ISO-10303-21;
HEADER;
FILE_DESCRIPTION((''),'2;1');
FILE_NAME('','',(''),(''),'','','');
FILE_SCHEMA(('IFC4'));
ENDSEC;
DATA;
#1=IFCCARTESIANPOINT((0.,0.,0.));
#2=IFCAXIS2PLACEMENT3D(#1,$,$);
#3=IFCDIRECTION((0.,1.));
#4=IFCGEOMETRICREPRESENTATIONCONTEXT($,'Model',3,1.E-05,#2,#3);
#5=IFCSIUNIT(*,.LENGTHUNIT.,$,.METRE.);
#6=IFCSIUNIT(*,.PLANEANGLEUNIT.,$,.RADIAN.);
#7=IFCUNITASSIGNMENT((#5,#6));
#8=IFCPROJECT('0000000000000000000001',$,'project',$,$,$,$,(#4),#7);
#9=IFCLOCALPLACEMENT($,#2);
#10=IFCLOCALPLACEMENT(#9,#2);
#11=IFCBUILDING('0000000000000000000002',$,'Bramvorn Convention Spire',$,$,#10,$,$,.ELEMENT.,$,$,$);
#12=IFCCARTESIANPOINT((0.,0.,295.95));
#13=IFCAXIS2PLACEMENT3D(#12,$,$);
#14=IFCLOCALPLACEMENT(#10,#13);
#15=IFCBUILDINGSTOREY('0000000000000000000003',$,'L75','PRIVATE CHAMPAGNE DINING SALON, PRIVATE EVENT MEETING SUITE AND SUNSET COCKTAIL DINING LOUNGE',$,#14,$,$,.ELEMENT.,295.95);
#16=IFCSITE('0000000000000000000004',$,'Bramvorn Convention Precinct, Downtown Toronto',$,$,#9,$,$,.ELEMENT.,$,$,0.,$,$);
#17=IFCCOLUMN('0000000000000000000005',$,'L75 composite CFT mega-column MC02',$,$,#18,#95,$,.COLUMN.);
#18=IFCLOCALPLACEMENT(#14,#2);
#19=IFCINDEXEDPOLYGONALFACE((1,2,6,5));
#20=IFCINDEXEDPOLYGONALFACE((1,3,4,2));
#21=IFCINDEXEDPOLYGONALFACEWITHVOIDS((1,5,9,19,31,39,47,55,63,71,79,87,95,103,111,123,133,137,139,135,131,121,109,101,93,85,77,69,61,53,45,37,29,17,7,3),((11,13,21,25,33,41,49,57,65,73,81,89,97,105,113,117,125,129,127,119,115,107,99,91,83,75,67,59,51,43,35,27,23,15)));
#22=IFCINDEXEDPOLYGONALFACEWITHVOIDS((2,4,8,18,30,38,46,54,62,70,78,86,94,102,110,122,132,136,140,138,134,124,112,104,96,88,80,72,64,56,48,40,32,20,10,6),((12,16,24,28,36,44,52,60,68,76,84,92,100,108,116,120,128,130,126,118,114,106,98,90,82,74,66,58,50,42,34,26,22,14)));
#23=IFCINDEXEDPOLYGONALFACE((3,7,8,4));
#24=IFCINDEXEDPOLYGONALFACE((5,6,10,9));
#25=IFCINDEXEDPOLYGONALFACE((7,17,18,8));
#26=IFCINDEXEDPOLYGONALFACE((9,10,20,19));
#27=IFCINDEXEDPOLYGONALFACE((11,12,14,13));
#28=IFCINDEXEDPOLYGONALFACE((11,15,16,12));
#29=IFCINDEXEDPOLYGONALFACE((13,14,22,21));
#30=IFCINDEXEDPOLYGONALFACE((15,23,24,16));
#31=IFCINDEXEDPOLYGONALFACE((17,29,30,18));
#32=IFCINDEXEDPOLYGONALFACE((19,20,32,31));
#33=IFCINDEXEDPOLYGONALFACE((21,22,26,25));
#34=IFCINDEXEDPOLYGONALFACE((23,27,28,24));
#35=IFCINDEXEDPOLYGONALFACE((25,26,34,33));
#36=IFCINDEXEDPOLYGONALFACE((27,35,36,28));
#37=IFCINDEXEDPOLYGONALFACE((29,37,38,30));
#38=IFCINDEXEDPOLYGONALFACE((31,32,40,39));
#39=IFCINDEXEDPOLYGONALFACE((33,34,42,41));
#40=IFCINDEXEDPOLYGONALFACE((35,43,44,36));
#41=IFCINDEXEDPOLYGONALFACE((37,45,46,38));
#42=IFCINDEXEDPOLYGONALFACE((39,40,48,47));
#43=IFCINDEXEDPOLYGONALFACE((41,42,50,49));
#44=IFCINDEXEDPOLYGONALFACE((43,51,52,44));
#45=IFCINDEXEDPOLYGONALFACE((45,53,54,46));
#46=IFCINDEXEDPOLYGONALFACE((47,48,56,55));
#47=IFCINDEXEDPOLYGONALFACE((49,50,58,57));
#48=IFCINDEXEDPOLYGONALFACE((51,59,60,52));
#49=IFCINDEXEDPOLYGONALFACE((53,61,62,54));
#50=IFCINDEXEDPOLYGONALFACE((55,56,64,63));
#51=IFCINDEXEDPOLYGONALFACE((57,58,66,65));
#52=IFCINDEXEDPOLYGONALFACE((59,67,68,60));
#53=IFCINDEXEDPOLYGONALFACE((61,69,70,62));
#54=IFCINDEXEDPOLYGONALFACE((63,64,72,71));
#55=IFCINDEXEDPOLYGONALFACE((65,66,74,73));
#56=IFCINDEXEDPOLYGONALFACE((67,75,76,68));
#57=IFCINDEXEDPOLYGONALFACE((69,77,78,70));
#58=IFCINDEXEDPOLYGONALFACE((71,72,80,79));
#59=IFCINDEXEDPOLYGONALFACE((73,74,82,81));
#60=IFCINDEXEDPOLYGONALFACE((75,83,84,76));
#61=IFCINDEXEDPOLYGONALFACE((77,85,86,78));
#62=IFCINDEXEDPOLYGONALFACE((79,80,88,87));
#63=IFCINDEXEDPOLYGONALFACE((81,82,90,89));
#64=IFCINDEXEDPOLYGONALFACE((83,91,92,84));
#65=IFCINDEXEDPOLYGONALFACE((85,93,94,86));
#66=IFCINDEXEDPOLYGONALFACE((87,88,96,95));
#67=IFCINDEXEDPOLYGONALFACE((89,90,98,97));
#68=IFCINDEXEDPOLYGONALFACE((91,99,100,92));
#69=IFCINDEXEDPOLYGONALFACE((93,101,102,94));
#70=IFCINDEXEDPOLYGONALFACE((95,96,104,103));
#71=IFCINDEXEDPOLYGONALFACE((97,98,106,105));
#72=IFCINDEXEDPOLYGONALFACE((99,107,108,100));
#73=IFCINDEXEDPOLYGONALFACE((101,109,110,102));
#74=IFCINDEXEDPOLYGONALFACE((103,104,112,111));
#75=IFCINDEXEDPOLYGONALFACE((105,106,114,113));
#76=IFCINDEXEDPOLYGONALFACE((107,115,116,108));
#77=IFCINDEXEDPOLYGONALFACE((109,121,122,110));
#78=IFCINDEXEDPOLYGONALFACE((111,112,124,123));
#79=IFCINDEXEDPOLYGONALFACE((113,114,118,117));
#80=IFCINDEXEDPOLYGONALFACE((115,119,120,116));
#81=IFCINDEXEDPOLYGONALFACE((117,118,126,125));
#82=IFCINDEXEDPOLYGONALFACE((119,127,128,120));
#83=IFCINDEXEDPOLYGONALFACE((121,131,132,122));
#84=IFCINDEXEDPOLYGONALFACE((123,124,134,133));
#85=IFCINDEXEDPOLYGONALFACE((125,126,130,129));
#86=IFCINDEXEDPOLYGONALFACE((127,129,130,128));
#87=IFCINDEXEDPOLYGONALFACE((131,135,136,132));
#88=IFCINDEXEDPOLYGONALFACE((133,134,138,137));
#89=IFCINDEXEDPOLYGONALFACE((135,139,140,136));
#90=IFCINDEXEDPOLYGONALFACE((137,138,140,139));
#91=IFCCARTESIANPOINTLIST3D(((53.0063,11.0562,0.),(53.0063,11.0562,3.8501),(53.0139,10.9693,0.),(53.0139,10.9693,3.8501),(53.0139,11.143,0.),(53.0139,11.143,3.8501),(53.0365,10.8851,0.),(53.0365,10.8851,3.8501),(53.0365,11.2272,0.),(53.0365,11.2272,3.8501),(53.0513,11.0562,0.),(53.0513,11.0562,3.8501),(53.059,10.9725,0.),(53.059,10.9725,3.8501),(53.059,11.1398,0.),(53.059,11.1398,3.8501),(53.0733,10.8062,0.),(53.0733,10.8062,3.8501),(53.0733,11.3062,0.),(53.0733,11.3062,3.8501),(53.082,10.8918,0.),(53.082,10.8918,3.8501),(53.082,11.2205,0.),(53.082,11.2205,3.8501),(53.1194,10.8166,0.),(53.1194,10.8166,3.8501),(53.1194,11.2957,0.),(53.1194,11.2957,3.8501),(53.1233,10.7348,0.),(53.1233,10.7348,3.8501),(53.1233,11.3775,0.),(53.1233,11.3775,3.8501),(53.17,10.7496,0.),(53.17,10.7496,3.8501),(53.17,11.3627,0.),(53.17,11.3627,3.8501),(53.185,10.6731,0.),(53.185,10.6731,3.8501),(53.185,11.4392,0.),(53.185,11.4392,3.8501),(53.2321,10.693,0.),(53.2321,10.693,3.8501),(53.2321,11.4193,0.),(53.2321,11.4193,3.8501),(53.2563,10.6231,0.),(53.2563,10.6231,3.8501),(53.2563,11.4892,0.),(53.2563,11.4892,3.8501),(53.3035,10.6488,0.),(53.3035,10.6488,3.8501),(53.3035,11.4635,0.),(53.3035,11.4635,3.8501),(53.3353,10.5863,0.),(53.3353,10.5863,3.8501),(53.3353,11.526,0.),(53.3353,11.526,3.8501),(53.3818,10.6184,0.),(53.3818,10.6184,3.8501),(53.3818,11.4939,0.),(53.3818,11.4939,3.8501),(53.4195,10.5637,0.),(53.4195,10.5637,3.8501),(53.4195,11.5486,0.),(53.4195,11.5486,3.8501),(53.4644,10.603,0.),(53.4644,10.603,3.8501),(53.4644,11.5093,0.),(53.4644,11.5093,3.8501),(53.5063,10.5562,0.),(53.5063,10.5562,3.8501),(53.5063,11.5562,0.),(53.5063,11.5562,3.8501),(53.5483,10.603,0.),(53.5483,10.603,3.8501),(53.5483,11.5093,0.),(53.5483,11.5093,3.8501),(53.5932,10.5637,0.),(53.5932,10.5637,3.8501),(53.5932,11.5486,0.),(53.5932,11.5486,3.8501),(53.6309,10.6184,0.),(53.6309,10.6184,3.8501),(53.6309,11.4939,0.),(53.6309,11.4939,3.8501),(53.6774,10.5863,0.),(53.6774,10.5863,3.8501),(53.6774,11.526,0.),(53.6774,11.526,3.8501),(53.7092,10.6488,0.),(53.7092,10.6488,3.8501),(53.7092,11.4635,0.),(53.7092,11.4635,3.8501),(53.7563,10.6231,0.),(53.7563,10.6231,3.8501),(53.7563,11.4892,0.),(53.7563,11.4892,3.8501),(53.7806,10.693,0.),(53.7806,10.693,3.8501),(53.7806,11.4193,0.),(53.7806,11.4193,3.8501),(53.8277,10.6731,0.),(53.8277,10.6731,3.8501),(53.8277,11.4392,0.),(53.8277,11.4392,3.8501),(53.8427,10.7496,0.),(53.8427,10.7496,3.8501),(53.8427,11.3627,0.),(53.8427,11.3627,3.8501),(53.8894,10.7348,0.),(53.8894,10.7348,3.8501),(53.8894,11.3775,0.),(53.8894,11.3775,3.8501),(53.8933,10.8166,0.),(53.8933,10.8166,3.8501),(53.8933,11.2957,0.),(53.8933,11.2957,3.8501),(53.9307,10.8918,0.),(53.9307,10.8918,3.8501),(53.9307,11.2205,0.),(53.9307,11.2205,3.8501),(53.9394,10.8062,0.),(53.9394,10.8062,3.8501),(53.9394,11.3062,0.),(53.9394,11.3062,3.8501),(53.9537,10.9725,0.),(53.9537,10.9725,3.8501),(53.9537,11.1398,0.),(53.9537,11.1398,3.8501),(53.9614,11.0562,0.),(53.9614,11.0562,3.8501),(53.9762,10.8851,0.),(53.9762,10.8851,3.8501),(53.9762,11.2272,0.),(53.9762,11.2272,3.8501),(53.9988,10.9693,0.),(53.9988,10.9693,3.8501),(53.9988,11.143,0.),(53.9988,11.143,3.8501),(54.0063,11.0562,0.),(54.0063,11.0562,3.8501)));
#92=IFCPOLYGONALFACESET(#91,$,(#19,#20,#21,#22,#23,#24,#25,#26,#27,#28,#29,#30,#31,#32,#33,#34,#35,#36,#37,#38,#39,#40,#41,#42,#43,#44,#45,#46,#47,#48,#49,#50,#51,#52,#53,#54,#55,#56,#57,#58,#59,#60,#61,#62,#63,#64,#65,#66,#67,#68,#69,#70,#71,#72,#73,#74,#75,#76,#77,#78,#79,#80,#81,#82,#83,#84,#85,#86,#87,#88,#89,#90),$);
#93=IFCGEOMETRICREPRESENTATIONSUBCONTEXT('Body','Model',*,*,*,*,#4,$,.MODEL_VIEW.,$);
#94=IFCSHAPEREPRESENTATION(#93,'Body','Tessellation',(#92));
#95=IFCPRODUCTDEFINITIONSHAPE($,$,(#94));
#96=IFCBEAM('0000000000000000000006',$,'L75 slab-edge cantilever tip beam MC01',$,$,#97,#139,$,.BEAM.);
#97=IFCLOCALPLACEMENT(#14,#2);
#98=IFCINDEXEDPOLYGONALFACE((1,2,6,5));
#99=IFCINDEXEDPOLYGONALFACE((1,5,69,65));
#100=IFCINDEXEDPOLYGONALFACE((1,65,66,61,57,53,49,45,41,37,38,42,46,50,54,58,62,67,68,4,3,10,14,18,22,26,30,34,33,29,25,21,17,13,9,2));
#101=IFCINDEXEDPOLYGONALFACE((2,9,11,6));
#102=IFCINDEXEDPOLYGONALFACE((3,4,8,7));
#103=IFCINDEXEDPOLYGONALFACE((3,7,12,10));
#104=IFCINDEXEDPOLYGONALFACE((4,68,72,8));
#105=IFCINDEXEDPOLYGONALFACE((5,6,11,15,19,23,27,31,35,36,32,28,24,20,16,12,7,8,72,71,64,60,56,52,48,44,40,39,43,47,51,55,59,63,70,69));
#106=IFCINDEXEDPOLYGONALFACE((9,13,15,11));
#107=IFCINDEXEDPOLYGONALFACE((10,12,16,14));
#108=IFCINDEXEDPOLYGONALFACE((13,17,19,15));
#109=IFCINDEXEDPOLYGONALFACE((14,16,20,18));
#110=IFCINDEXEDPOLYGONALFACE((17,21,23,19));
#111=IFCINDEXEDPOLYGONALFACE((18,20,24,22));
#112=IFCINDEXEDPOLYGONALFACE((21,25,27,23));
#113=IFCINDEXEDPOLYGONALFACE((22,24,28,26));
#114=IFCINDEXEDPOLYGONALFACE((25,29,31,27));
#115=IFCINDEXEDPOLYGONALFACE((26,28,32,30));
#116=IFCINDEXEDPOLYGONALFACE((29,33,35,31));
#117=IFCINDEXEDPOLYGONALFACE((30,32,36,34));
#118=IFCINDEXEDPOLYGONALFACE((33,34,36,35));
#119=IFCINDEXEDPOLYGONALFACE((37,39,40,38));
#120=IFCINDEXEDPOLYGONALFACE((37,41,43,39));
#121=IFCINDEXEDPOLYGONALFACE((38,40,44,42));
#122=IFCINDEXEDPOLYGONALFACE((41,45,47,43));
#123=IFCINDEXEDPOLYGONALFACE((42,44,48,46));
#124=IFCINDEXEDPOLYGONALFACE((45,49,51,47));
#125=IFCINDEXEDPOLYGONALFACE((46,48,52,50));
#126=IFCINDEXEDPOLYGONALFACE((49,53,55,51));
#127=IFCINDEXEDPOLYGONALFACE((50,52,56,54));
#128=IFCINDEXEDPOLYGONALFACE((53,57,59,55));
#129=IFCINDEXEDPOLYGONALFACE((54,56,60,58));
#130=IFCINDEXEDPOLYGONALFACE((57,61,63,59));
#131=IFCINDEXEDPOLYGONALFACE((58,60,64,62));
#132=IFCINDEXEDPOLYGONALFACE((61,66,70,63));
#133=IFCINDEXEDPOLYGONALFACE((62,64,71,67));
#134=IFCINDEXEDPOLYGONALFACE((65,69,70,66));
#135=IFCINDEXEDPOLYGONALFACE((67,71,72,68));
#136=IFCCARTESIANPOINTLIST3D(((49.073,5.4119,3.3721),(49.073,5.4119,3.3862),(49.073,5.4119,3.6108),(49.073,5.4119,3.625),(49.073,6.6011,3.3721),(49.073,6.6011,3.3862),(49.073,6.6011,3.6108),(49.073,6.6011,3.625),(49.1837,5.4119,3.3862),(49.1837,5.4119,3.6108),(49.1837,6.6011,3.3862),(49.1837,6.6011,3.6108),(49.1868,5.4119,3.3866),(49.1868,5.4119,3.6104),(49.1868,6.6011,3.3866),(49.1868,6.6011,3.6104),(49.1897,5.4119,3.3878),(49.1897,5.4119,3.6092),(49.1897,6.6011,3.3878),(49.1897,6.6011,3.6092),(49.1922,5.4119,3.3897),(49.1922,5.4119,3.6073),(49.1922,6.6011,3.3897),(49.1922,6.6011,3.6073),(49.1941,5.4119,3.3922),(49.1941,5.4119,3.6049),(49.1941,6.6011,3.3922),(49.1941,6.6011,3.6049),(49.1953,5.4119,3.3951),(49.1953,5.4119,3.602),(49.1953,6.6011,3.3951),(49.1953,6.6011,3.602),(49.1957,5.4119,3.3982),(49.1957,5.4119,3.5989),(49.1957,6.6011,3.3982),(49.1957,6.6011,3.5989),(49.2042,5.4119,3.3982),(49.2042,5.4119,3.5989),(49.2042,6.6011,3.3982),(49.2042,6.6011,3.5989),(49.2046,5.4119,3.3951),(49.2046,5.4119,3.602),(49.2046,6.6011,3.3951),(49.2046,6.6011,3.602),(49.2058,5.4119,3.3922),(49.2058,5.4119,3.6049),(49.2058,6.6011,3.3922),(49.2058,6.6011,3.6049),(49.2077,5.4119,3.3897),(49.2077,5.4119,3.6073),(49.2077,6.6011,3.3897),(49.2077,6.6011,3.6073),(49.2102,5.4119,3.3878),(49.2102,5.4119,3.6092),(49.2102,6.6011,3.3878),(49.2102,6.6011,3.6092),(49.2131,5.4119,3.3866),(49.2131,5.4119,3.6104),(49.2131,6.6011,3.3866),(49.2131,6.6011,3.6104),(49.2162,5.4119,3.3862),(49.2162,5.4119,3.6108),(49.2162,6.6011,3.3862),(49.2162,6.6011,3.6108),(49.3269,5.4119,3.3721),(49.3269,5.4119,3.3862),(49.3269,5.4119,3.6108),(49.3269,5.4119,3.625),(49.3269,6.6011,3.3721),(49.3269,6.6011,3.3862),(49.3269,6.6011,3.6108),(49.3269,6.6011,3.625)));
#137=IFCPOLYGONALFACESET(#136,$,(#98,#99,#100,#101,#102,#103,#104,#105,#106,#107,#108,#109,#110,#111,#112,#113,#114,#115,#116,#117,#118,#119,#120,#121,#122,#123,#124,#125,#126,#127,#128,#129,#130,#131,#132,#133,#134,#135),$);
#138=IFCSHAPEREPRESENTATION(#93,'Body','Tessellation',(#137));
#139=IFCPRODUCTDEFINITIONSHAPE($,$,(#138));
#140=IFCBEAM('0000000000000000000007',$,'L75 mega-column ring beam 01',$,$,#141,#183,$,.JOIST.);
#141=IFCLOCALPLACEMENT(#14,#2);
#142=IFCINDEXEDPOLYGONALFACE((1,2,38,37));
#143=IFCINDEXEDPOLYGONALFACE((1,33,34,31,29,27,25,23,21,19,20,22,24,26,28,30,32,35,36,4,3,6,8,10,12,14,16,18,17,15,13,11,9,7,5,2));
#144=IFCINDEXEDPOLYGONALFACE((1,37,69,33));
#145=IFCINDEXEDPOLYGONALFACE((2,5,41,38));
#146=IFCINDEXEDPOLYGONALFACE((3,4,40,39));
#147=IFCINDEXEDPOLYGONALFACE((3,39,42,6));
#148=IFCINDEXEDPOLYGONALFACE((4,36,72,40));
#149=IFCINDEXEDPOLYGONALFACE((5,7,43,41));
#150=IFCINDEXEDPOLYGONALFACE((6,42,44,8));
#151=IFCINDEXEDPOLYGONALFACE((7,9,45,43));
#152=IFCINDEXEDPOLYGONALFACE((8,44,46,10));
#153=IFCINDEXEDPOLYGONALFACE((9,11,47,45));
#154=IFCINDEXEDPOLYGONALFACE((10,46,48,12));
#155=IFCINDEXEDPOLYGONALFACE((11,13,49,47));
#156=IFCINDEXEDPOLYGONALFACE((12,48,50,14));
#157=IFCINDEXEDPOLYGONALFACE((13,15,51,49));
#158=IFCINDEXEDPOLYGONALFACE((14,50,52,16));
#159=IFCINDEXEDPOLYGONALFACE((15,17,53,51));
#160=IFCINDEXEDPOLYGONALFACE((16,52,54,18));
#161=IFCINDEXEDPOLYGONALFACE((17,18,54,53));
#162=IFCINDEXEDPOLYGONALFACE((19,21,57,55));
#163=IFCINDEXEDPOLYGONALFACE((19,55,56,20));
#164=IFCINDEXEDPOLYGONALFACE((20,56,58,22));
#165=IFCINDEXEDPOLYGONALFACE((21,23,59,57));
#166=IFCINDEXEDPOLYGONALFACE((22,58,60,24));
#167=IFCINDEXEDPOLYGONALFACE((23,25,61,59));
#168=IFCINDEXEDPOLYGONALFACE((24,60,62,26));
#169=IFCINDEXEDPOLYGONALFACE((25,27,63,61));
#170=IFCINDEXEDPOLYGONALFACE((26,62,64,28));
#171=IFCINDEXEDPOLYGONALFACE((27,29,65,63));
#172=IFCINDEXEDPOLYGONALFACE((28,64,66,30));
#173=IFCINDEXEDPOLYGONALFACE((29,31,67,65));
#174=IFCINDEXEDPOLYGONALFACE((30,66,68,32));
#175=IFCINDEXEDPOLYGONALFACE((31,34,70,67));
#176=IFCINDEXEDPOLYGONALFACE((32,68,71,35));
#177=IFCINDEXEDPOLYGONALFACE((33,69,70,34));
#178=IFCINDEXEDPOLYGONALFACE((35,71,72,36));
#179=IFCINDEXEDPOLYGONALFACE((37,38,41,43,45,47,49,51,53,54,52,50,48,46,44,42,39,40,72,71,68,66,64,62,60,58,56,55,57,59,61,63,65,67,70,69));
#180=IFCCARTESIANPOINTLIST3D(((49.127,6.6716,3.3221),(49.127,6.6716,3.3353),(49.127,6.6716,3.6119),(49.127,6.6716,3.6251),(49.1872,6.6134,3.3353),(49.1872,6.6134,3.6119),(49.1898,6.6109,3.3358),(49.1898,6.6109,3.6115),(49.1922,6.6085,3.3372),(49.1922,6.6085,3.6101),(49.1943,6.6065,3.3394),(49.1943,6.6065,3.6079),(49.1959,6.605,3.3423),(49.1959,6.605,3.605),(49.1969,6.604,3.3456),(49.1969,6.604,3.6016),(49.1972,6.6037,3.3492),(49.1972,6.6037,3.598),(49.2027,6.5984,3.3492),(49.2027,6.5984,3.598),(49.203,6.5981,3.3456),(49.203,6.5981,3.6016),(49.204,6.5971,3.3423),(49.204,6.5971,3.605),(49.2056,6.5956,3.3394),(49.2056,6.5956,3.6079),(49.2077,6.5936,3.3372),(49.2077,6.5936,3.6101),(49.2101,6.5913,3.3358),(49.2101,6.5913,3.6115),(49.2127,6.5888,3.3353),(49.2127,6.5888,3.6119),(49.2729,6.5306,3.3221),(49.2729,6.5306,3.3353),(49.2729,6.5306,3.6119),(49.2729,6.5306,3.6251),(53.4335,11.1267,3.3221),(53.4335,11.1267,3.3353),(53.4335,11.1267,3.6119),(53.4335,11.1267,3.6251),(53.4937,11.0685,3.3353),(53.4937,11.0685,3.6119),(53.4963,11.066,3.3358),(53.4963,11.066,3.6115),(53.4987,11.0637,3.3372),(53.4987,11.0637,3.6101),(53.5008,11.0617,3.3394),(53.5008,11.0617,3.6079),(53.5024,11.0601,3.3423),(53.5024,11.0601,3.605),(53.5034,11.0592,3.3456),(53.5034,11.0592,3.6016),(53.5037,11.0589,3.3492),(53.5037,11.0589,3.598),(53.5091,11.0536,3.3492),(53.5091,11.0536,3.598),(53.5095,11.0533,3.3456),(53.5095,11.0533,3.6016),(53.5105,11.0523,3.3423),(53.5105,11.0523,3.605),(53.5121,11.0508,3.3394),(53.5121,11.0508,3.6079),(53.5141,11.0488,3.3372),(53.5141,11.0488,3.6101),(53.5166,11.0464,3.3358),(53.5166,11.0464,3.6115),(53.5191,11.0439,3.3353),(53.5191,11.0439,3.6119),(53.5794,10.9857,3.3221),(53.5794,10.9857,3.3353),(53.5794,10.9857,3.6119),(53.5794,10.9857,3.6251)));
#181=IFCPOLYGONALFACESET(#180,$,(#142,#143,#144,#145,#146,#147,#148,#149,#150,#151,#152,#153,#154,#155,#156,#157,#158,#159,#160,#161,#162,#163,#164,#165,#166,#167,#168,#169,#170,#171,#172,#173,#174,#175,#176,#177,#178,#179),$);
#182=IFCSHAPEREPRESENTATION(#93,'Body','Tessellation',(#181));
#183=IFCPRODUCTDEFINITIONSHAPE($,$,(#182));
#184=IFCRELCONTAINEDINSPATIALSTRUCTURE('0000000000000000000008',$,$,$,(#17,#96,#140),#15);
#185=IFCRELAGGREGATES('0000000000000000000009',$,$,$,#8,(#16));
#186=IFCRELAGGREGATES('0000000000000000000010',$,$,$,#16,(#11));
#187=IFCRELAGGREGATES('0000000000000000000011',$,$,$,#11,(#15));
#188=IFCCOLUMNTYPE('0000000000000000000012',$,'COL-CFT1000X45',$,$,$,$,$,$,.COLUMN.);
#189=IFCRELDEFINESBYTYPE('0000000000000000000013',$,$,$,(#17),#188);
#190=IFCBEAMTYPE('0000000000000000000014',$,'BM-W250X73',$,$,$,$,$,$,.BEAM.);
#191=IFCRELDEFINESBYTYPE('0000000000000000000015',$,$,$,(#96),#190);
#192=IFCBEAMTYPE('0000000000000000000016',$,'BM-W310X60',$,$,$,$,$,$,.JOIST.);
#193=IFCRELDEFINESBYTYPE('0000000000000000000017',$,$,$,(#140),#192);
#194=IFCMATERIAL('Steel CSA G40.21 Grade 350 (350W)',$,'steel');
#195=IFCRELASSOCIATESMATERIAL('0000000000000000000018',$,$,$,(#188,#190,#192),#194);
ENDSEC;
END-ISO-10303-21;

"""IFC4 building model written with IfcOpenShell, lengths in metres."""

from ifc_helpers import new_model, si_unit, direction, frame, origin, origin_2d, place, context, subcontext, project, spatial, hollow_circle, i_section, extrude, material, material_profile, profile_set, type_object, element, save


model = new_model("IFC4")

# Units and contexts
model_context = context("Model", 3, precision=1e-05, world=origin(), true_north=direction((0.0, 1.0)))
body_context = subcontext(model_context, "Body", "Model", "MODEL_VIEW")
ifc_project = project(units=[si_unit("LENGTHUNIT", "METRE"), si_unit("PLANEANGLEUNIT", "RADIAN")], contexts=[model_context])

# Site, building, storey
site_placement = place(None, origin())
site = spatial("IfcSite", under=ifc_project, at=site_placement, Name="Bramvorn Convention Precinct, Downtown Toronto", CompositionType="ELEMENT", RefElevation=0.0)
building_placement = place(site_placement, origin())
building = spatial("IfcBuilding", under=site, at=building_placement, Name="Bramvorn Convention Spire", CompositionType="ELEMENT")
storey_placement = place(building_placement, frame((0.0, 0.0, 295.95)))
storey = spatial("IfcBuildingStorey", under=building, at=storey_placement, Name="L75", Description="PRIVATE CHAMPAGNE DINING SALON, PRIVATE EVENT MEETING SUITE AND SUNSET COCKTAIL DINING LOUNGE", CompositionType="ELEMENT", Elevation=295.95)

# Column
ifc_material_1 = material(Name="Steel CSA G40.21 Grade 350 (350W)", Category="steel")
ifc_material_profile_1 = material_profile(ifc_material_1, hollow_circle(Radius=0.5, WallThickness=0.0449, at=origin_2d()))
ifc_profile_set_1 = profile_set([ifc_material_profile_1], Name="Steel CSA G40.21 Grade 350 (350W) - CFT1000X45")
column_type = type_object("IfcColumnType", Name="COL-CFT1000X45", PredefinedType="COLUMN", material=ifc_profile_set_1)
column_placement = place(storey_placement, frame((53.5063, 11.0562, 0.0), z_axis=(0.0, 0.0, 1.0), x_axis=(1.0, 0.0, 0.0)))
element("IfcColumn", 1, at=column_placement, inside=storey, type_object=column_type, Name="L75 composite CFT mega-column MC02", PredefinedType="COLUMN", context=body_context, shape_type="SweptSolid", body=[
    extrude(hollow_circle(Radius=0.5, WallThickness=0.0449, at=origin_2d()), origin(), (0.0, 0.0, 1.0), 3.8501),
])

# Beams
ifc_material_profile_2 = material_profile(ifc_material_1, i_section(OverallWidth=0.2539, OverallDepth=0.2529, WebThickness=0.0085, FlangeThickness=0.0142, FilletRadius=0.012, at=origin_2d()))
ifc_profile_set_2 = profile_set([ifc_material_profile_2], Name="Steel CSA G40.21 Grade 350 (350W) - W250X73")
beam_type_1 = type_object("IfcBeamType", Name="BM-W250X73", PredefinedType="BEAM", material=ifc_profile_set_2)
beam_1_placement = place(storey_placement, frame((49.2, 6.6011, 3.4985), z_axis=(0.0, -1.0, 0.0), x_axis=(1.0, 0.0, 0.0)))
element("IfcBeam", 2, at=beam_1_placement, inside=storey, type_object=beam_type_1, Name="L75 slab-edge cantilever tip beam MC01", PredefinedType="BEAM", context=body_context, shape_type="SweptSolid", body=[
    extrude(i_section(OverallWidth=0.2539, OverallDepth=0.2529, WebThickness=0.0085, FlangeThickness=0.0142, FilletRadius=0.012, at=origin_2d()), origin(), (0.0, 0.0, 1.0), 1.1892),
])
ifc_material_profile_3 = material_profile(ifc_material_1, i_section(OverallWidth=0.2029, OverallDepth=0.303, WebThickness=0.0076, FlangeThickness=0.0132, FilletRadius=0.0139, at=origin_2d()))
ifc_profile_set_3 = profile_set([ifc_material_profile_3], Name="Steel CSA G40.21 Grade 350 (350W) - W310X60")
beam_type_2 = type_object("IfcBeamType", Name="BM-W310X60", PredefinedType="JOIST", material=ifc_profile_set_3)
beam_2_placement = place(storey_placement, frame((49.2, 6.6011, 3.4736), z_axis=(0.695007, 0.719003, 0.0), x_axis=(-0.719003, 0.695007, 0.0)))
element("IfcBeam", 3, at=beam_2_placement, inside=storey, type_object=beam_type_2, Name="L75 mega-column ring beam 01", PredefinedType="JOIST", context=body_context, shape_type="SweptSolid", body=[
    extrude(i_section(OverallWidth=0.2029, OverallDepth=0.303, WebThickness=0.0076, FlangeThickness=0.0132, FilletRadius=0.0139, at=origin_2d()), origin(), (0.0, 0.0, 1.0), 6.1963),
])

save(model, "model.ifc")
